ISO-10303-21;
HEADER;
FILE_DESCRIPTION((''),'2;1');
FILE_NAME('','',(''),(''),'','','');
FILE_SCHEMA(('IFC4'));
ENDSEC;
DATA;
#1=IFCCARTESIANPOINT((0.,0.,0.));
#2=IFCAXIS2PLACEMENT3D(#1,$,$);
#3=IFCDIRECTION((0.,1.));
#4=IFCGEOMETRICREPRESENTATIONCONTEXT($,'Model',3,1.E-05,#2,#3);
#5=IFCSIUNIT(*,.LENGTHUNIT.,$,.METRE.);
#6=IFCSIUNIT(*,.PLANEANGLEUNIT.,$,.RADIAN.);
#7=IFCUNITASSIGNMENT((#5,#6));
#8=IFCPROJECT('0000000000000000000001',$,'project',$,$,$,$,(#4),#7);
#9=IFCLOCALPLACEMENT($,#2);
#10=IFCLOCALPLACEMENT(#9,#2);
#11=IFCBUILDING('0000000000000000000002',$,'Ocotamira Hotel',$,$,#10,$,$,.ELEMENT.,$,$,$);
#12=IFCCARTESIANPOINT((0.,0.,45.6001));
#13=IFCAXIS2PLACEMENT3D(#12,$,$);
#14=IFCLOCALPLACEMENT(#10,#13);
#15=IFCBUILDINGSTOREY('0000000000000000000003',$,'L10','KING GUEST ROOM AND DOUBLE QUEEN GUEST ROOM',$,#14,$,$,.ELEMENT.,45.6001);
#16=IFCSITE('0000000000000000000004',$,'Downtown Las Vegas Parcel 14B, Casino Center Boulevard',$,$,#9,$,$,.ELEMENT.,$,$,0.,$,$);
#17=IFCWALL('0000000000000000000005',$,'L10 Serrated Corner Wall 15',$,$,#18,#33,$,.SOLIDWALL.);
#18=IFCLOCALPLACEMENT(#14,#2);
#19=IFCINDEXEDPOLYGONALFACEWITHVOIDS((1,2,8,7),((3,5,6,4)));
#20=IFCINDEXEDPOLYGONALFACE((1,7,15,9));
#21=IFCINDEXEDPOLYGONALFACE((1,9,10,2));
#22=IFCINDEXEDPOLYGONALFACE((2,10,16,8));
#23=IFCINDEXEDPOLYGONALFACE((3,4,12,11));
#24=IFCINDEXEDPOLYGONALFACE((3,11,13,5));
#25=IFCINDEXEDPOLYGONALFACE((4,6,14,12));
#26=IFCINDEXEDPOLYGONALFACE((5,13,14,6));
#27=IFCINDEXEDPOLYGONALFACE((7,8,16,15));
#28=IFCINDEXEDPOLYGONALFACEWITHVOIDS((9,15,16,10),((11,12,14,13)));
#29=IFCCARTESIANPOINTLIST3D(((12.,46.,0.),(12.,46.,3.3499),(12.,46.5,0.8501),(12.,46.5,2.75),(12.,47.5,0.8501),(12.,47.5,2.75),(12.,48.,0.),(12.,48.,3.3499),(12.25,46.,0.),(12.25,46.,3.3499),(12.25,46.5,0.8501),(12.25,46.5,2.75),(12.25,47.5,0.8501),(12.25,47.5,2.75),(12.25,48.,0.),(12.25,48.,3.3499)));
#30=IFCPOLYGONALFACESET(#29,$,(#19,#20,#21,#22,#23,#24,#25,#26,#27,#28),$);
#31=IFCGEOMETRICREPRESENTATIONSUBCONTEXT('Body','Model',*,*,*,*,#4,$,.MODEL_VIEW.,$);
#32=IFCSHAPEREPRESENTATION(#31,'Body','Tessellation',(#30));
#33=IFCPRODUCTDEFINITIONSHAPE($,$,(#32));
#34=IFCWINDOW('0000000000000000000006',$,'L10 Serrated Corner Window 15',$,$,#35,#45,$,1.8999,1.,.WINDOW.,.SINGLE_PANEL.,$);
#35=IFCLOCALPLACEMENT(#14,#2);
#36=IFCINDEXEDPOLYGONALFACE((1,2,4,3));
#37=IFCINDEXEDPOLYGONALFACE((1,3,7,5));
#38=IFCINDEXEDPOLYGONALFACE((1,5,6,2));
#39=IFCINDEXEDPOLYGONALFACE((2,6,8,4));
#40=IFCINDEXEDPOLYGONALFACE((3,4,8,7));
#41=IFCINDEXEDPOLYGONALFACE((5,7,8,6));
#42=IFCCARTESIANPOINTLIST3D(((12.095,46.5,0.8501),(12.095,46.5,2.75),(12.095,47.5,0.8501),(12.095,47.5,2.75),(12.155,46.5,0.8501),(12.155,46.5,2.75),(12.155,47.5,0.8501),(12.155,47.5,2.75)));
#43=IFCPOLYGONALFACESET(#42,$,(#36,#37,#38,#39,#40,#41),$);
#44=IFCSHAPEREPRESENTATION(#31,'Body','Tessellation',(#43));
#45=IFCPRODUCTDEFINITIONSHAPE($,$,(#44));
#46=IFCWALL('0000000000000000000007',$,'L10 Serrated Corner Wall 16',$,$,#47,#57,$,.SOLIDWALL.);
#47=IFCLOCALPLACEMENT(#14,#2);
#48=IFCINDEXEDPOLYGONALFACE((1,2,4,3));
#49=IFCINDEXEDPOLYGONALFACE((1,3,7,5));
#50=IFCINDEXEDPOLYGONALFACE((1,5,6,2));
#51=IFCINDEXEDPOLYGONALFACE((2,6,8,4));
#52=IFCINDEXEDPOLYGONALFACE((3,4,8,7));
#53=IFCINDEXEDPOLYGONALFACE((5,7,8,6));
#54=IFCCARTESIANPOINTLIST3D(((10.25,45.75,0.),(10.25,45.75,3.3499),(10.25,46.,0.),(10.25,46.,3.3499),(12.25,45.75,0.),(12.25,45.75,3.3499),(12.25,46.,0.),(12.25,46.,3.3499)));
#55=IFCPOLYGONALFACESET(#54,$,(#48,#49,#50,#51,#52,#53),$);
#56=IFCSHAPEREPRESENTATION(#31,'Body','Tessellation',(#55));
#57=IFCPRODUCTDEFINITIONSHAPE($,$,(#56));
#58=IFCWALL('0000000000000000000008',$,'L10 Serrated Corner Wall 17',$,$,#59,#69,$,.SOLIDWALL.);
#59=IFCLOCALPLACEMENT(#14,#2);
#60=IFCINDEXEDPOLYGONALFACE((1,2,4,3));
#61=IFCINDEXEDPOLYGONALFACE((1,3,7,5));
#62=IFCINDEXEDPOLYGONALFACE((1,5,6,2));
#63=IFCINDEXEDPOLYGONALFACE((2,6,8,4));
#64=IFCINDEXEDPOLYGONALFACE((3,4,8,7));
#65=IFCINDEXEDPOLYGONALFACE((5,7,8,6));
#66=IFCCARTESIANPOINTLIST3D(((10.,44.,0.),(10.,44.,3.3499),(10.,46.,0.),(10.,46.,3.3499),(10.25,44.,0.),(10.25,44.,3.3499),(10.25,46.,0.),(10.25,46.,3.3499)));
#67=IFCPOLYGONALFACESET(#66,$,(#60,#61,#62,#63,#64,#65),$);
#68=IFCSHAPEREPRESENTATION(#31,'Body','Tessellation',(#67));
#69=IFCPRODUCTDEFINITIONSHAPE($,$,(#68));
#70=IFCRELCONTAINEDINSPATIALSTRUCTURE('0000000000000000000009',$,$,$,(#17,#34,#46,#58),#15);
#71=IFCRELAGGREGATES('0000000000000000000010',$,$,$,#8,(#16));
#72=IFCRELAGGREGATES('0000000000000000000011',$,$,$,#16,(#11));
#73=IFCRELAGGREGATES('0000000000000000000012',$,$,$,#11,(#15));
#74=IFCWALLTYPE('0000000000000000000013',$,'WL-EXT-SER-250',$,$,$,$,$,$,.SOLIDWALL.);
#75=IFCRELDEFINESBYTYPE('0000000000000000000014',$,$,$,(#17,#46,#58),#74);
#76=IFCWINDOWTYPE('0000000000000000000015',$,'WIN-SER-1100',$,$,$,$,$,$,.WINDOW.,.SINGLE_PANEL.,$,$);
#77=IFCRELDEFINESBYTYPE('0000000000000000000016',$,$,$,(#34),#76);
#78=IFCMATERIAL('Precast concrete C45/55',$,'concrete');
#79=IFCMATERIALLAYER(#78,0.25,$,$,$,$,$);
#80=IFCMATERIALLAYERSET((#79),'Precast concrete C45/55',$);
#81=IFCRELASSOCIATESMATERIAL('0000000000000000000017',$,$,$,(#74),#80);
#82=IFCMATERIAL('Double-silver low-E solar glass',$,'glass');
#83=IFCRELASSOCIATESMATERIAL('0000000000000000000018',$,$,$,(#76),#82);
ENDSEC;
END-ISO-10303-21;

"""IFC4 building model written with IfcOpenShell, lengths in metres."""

from ifc_helpers import new_model, si_unit, direction, frame, frame_2d, origin, place, context, subcontext, project, spatial, rectangle, extrude, source, transform, mapped, material, layer, layer_set, type_object, element, fill, save


model = new_model("IFC4")

# Units and contexts
model_context = context("Model", 3, precision=1e-05, world=origin(), true_north=direction((0.0, 1.0)))
body_context = subcontext(model_context, "Body", "Model", "MODEL_VIEW")
ifc_project = project(units=[si_unit("LENGTHUNIT", "METRE"), si_unit("PLANEANGLEUNIT", "RADIAN")], contexts=[model_context])

# Site, building, storey
site_placement = place(None, origin())
site = spatial("IfcSite", under=ifc_project, at=site_placement, Name="Downtown Las Vegas Parcel 14B, Casino Center Boulevard", CompositionType="ELEMENT", RefElevation=0.0)
building_placement = place(site_placement, origin())
building = spatial("IfcBuilding", under=site, at=building_placement, Name="Ocotamira Hotel", CompositionType="ELEMENT")
storey_placement = place(building_placement, frame((0.0, 0.0, 45.6001)))
storey = spatial("IfcBuildingStorey", under=building, at=storey_placement, Name="L10", Description="KING GUEST ROOM AND DOUBLE QUEEN GUEST ROOM", CompositionType="ELEMENT", Elevation=45.6001)

# Shared definitions
ifc_material_1 = material(Name="Precast concrete C45/55", Category="concrete")
ifc_layer_1 = layer(ifc_material_1, 0.25)
ifc_layer_set_1 = layer_set([ifc_layer_1], Name="Precast concrete C45/55")
wall_type_1 = type_object("IfcWallType", Name="WL-EXT-SER-250", PredefinedType="SOLIDWALL", material=ifc_layer_set_1)

# Wall, opening, window
wall_1_placement = place(storey_placement, frame((12.125, 48.0, 0.0), z_axis=(0.0, 0.0, 1.0), x_axis=(0.0, -1.0, 0.0)))
wall_1 = element("IfcWall", 1, at=wall_1_placement, inside=storey, type_object=wall_type_1, Name="L10 Serrated Corner Wall 15", PredefinedType="SOLIDWALL", context=body_context, shape_type="SweptSolid", body=[
    extrude(rectangle(XDim=2.0, YDim=0.25, at=frame_2d((1.0, 0.0))), origin(), (0.0, 0.0, 1.0), 3.3499),
])
opening_1_placement = place(wall_1_placement, frame((0.5, 0.0, 0.8501)))
opening_1 = element("IfcOpeningElement", 2, at=opening_1_placement, cuts=wall_1, PredefinedType="OPENING", context=body_context, shape_type="SweptSolid", body=[
    extrude(rectangle(XDim=1.0, YDim=1.8999, at=frame_2d((0.5, 0.95))), frame((0.0, 0.135, 0.0), z_axis=(0.0, -1.0, 0.0), x_axis=(1.0, 0.0, 0.0)), (0.0, 0.0, 1.0), 0.27),
])
ifc_material_2 = material(Name="Double-silver low-E solar glass", Category="glass")
window_type = type_object("IfcWindowType", Name="WIN-SER-1100", PartitioningType="SINGLE_PANEL", PredefinedType="WINDOW", material=ifc_material_2)
shared_shape_1 = source(origin(), body_context, "Body", "SweptSolid", [
    extrude(rectangle(XDim=1.0, YDim=1.8999, at=frame_2d((0.5, 0.95))), frame((0.0, 0.03, 0.0), z_axis=(0.0, -1.0, 0.0), x_axis=(1.0, 0.0, 0.0)), (0.0, 0.0, 1.0), 0.0601),
])
window_placement = place(opening_1_placement, origin())
window = element("IfcWindow", 3, at=window_placement, inside=storey, type_object=window_type, Name="L10 Serrated Corner Window 15", OverallHeight=1.8999, OverallWidth=1.0, PartitioningType="SINGLE_PANEL", PredefinedType="WINDOW", context=body_context, shape_type="MappedRepresentation", body=[
    mapped(shared_shape_1, transform((0.0, 0.0, 0.0), scale=1.0)),
])
fill(opening_1, window)

# Walls
for number, where, z_axis, x_axis, name in (
    (4, (12.25, 45.875, 0.0), (0.0, 0.0, 1.0), (-1.0, 0.0, 0.0), "L10 Serrated Corner Wall 16"),
    (5, (10.125, 46.0, 0.0), (0.0, 0.0, 1.0), (0.0, -1.0, 0.0), "L10 Serrated Corner Wall 17"),
):
    element("IfcWall", number, at=place(storey_placement, frame(where, z_axis=z_axis, x_axis=x_axis)), inside=storey, type_object=wall_type_1, Name=name, PredefinedType="SOLIDWALL", context=body_context, shape_type="SweptSolid", body=[
        extrude(rectangle(XDim=2.0, YDim=0.25, at=frame_2d((1.0, 0.0))), origin(), (0.0, 0.0, 1.0), 3.3499),
    ])

save(model, "model.ifc")
